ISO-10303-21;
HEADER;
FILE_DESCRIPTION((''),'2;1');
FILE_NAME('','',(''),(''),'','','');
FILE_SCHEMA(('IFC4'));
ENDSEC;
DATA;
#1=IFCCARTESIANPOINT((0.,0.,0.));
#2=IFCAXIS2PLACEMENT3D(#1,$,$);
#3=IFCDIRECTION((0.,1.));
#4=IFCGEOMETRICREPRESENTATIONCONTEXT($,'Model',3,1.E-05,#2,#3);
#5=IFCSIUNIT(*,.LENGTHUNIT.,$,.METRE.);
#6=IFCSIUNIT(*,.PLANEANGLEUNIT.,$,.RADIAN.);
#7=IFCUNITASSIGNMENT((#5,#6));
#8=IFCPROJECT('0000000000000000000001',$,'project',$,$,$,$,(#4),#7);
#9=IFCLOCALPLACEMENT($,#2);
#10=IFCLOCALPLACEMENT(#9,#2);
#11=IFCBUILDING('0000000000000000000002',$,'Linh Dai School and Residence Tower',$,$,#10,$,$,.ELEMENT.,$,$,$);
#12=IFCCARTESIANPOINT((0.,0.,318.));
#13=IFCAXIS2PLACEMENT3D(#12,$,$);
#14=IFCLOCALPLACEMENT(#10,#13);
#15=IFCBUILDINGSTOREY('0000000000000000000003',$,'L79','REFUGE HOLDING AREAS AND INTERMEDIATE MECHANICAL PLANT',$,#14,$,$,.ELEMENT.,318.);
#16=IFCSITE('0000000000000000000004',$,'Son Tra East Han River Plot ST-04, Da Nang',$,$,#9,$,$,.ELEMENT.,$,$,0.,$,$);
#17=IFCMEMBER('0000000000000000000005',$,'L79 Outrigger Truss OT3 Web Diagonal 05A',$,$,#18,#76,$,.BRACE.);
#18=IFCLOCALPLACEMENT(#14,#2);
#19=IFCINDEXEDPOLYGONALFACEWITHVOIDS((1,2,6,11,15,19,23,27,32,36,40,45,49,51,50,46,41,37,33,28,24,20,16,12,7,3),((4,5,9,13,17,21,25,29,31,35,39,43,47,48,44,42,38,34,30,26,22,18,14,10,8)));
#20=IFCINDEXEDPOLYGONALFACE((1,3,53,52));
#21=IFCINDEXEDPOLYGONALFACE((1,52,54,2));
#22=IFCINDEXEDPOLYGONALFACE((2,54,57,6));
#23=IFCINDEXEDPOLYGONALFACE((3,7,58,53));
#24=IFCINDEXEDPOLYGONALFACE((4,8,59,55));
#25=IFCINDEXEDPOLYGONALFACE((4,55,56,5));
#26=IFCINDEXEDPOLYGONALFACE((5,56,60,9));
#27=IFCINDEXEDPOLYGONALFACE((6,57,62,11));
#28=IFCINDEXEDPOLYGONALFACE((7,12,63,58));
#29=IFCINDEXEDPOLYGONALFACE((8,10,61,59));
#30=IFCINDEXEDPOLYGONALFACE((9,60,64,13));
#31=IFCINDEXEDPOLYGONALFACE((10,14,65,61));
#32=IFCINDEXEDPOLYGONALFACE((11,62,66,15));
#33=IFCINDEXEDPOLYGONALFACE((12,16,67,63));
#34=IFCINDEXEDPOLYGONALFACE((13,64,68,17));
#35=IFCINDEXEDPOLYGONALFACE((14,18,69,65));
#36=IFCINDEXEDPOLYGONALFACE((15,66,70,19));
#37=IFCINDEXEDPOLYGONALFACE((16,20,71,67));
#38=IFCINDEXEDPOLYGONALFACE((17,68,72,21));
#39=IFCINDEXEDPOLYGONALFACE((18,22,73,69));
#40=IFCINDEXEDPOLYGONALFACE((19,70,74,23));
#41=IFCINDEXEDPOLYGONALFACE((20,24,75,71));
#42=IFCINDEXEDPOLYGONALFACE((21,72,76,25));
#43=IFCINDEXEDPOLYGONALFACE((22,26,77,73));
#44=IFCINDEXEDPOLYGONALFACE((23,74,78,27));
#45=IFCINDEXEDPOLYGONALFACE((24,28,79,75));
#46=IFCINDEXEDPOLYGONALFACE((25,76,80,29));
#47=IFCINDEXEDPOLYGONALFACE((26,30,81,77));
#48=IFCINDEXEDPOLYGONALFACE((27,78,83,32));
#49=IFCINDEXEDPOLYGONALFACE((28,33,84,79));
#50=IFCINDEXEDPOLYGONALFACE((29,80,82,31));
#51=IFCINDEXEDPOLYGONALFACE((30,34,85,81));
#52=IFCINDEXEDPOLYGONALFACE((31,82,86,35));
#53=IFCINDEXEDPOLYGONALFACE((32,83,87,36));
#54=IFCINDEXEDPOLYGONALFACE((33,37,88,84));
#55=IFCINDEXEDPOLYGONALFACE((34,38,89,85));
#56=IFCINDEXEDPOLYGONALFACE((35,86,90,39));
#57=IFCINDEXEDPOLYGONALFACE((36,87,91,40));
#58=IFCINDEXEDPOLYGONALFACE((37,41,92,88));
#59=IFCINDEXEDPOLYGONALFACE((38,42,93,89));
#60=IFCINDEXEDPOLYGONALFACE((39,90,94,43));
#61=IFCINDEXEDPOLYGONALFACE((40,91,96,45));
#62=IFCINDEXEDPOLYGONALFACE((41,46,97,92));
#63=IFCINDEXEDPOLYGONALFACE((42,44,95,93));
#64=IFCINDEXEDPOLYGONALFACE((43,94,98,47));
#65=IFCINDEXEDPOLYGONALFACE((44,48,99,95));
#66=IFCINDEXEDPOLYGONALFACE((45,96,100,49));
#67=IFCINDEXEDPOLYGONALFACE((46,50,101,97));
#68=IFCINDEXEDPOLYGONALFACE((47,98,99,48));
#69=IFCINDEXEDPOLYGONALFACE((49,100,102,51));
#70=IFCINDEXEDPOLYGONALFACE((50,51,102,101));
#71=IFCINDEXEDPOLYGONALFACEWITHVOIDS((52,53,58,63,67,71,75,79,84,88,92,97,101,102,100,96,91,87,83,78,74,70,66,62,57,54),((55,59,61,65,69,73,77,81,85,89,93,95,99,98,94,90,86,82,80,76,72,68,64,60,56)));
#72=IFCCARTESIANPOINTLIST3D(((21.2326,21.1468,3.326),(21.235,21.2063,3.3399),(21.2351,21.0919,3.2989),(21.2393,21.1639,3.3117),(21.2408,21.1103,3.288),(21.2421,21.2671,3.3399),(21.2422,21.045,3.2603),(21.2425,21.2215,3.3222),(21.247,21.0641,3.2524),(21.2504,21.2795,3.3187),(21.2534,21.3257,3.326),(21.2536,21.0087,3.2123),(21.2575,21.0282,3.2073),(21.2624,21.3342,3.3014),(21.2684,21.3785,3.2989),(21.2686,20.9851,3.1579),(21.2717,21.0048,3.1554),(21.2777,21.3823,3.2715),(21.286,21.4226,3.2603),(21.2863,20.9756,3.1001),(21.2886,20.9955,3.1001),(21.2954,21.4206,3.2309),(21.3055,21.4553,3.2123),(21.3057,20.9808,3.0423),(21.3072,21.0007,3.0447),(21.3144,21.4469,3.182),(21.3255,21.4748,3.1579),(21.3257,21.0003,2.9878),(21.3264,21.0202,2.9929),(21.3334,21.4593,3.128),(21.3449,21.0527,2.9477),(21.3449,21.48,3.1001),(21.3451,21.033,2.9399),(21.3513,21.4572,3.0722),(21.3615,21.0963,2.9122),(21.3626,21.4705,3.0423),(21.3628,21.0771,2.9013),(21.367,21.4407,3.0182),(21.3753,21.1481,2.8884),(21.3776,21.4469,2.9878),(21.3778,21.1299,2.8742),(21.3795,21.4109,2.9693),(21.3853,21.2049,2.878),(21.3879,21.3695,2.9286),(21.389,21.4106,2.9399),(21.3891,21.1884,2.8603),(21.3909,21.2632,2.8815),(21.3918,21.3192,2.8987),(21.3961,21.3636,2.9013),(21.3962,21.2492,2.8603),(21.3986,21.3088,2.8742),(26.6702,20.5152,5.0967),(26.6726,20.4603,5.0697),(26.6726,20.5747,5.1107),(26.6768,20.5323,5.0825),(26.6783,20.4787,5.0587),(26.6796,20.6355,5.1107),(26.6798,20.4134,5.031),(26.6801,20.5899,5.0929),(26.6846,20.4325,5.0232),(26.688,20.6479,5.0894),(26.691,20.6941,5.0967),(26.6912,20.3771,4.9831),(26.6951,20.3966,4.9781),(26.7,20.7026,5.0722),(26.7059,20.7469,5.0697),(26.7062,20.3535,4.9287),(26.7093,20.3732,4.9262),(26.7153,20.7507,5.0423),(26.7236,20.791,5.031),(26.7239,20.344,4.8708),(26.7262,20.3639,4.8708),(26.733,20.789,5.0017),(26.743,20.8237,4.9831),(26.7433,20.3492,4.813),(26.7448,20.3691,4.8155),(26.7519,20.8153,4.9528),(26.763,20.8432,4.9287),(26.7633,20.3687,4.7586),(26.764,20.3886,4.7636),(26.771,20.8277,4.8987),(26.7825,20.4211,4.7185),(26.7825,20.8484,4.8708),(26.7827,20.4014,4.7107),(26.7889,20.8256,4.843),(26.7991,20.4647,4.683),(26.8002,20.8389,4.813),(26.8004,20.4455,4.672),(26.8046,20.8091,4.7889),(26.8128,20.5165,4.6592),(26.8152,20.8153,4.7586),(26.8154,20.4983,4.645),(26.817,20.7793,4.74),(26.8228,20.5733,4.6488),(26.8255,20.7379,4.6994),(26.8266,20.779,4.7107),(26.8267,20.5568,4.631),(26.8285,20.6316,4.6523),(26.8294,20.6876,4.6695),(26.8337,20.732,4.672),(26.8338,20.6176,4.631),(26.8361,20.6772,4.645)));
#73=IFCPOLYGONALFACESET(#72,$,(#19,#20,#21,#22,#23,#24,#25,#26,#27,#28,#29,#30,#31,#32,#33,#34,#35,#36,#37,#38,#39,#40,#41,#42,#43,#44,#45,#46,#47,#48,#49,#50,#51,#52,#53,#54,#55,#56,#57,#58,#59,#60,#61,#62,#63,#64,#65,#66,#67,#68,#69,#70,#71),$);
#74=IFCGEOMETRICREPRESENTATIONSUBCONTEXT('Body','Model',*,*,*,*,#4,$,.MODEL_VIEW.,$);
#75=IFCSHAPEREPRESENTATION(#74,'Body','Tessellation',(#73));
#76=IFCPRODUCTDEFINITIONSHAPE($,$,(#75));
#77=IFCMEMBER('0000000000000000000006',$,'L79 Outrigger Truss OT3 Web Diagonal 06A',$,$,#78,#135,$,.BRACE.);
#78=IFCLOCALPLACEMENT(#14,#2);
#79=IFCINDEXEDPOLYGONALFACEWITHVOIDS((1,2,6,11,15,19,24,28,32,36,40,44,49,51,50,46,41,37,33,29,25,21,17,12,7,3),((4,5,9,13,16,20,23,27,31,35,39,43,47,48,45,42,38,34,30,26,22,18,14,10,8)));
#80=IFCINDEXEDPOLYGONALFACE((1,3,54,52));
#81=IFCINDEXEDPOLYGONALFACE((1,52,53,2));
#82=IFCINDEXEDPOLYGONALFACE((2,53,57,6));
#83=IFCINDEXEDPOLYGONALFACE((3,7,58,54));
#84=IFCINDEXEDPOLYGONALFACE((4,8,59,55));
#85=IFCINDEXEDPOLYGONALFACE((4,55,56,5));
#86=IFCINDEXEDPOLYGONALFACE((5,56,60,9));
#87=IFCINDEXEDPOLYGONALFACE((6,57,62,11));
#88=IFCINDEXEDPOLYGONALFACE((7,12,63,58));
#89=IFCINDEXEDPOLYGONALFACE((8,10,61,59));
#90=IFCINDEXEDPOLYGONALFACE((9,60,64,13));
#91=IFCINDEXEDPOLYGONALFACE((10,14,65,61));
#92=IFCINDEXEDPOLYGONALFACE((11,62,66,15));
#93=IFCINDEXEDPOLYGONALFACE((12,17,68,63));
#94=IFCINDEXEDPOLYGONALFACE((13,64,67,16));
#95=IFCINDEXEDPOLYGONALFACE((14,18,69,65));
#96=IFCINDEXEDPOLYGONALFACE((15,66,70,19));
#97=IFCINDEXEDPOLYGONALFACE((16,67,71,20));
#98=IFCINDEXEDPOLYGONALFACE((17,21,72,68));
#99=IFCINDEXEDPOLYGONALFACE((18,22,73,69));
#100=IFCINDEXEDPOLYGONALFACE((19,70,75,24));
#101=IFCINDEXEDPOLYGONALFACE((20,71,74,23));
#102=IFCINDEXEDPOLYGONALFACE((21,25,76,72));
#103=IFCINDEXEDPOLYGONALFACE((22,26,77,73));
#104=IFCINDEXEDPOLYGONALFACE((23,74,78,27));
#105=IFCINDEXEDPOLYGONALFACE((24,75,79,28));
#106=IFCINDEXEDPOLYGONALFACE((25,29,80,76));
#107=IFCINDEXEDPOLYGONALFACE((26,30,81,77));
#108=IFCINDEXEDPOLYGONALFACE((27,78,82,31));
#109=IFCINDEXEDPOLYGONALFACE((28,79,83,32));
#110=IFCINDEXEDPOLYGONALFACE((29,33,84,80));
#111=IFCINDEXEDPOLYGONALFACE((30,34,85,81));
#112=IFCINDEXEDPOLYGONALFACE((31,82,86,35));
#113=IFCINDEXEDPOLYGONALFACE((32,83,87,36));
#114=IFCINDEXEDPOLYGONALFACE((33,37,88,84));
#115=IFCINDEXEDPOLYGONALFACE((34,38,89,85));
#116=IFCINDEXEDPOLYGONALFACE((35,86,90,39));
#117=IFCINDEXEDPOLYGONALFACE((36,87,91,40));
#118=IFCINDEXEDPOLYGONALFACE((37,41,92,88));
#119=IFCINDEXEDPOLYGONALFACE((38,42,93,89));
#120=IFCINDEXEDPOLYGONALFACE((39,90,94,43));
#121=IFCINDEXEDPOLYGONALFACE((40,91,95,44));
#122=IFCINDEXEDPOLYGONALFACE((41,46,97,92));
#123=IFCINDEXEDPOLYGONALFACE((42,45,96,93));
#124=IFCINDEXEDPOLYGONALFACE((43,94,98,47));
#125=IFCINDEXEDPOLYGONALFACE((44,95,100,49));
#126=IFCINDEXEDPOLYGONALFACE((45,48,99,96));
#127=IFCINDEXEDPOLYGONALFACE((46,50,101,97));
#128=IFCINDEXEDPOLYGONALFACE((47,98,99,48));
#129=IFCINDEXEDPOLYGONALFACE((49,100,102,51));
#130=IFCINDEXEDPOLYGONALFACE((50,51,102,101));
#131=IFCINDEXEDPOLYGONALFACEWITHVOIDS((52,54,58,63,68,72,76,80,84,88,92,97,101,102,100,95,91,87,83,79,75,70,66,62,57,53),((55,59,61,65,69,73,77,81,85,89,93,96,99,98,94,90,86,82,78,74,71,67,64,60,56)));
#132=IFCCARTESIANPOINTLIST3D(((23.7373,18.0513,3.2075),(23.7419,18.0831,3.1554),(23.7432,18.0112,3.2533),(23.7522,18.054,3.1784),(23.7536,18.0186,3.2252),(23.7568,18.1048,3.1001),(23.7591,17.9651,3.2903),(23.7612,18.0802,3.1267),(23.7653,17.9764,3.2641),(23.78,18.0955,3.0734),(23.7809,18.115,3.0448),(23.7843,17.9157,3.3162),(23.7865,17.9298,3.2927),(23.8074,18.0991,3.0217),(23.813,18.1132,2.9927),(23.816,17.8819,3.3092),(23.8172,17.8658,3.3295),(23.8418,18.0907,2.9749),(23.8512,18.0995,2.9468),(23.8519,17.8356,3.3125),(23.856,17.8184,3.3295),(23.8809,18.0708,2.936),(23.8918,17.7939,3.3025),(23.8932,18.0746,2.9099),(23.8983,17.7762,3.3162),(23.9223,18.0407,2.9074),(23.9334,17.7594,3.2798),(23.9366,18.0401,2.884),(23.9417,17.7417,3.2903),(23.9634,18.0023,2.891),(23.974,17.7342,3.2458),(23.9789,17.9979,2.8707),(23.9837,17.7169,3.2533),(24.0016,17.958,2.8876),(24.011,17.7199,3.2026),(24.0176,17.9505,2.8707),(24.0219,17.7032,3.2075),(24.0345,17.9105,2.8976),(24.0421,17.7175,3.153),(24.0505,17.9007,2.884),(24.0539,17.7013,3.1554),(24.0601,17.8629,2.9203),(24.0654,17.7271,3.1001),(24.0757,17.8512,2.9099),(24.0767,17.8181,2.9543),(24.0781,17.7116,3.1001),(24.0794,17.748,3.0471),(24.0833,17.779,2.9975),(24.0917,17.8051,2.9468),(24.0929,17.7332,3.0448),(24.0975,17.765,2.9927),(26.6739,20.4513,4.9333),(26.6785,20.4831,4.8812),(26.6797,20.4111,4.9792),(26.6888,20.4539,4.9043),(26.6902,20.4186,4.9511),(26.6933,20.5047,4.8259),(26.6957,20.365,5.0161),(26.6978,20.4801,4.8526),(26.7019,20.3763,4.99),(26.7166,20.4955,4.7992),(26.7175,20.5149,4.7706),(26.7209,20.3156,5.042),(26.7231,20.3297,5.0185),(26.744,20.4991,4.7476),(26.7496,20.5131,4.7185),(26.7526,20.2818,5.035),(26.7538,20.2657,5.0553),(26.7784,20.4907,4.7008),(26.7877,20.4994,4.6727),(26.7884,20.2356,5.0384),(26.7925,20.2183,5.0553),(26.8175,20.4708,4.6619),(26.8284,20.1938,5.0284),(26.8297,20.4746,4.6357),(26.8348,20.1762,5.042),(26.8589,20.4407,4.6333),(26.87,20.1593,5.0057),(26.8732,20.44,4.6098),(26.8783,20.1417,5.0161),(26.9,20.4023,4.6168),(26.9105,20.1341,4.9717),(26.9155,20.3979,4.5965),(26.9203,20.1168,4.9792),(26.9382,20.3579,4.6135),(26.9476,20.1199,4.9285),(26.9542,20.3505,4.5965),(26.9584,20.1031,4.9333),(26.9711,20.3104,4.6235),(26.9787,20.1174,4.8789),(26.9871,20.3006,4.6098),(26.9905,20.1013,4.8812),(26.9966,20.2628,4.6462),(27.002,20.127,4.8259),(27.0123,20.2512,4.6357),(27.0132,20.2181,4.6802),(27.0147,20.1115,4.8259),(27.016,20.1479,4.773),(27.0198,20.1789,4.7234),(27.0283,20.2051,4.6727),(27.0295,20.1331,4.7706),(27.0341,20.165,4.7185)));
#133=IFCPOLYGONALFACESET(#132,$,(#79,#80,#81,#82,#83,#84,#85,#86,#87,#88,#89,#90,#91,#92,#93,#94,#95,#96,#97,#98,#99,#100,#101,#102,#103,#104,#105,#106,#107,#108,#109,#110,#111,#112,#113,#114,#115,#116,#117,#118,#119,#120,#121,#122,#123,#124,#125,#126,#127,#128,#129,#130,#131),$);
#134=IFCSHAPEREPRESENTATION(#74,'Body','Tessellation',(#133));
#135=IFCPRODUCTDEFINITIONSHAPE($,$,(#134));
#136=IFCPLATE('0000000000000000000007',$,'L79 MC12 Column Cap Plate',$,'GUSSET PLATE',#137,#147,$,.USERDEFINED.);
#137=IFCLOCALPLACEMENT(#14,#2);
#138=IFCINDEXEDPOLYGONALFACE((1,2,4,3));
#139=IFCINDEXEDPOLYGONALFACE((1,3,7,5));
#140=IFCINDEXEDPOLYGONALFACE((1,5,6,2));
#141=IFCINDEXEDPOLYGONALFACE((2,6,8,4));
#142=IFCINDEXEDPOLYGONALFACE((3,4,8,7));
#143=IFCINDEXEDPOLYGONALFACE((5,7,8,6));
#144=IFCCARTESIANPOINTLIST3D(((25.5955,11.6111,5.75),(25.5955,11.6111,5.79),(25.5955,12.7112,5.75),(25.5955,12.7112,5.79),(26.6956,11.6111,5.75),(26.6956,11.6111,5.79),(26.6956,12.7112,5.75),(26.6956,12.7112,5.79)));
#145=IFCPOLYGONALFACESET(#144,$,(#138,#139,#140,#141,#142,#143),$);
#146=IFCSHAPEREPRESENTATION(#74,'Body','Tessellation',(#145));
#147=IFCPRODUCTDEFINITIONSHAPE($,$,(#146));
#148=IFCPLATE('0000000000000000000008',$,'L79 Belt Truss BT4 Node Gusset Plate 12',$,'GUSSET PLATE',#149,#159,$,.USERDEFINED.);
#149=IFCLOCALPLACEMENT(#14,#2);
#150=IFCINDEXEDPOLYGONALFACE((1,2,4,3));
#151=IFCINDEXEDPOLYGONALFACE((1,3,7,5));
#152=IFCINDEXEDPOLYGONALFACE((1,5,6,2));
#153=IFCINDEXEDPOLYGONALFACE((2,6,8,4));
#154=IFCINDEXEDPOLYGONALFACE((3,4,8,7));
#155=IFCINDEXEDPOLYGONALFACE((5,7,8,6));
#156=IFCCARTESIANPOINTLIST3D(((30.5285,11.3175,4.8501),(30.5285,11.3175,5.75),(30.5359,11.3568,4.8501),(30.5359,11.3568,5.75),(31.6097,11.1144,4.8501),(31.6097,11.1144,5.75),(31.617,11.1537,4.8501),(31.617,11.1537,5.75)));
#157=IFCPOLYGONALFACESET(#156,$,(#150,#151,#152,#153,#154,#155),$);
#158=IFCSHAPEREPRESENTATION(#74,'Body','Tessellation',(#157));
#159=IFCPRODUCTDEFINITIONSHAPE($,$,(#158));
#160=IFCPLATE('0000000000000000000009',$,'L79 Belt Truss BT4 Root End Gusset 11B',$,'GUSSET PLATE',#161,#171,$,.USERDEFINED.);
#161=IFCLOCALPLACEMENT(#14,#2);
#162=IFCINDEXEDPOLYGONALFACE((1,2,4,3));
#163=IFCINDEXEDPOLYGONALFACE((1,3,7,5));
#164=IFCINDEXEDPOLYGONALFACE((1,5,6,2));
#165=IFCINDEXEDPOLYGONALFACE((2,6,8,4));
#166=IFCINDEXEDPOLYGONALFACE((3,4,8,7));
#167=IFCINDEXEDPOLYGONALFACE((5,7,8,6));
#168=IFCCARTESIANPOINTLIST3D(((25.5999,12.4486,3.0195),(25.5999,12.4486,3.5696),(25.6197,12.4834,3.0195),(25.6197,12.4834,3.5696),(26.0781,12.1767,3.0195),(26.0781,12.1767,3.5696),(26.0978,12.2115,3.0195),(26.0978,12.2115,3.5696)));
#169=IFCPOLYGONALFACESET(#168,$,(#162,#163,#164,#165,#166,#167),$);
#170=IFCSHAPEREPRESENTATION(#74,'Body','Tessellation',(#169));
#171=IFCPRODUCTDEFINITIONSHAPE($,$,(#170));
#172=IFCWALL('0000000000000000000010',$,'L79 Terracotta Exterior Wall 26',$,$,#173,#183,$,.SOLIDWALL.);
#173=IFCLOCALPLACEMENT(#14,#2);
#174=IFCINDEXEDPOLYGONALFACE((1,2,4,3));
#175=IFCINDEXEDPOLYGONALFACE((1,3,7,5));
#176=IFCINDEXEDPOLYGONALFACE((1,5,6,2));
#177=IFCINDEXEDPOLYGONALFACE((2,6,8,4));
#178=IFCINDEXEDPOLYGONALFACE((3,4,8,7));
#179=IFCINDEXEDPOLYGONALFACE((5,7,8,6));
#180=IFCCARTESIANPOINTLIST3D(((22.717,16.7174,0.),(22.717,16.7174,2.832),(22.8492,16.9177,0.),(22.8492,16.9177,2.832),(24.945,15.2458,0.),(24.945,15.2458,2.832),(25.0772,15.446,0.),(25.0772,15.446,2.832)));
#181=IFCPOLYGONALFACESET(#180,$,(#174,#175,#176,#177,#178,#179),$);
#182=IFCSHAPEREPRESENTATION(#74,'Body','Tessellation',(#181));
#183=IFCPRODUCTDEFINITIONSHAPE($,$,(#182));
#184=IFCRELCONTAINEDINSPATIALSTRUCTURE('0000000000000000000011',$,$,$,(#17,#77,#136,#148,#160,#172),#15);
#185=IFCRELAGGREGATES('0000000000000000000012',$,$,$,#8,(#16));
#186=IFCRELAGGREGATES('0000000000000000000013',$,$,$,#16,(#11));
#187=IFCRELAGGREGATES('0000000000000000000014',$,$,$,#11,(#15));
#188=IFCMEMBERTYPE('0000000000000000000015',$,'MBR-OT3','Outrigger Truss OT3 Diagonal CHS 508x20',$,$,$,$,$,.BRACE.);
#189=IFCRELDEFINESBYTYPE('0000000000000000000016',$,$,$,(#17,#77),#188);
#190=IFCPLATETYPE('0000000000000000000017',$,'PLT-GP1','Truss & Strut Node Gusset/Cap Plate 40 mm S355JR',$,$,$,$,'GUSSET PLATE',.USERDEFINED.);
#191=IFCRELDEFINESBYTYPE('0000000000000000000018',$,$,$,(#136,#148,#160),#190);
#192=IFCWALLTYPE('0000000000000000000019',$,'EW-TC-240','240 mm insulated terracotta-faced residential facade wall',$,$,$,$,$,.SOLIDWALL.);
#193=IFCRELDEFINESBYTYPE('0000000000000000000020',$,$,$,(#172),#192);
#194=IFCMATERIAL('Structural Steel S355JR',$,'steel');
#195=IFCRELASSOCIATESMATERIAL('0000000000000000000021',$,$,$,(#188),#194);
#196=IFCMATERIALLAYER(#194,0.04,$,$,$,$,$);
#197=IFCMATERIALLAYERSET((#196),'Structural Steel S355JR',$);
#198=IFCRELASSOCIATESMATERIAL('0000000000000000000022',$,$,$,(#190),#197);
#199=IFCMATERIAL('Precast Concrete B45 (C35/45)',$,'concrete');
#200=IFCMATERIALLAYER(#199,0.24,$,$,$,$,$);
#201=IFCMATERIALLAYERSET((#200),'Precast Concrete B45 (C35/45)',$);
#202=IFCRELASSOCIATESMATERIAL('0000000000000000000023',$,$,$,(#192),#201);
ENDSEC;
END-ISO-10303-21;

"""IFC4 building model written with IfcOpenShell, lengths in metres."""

from ifc_helpers import new_model, si_unit, direction, frame, frame_2d, origin, origin_2d, place, context, subcontext, project, spatial, rectangle, hollow_circle, extrude, source, transform, mapped, material, layer, layer_set, material_profile, profile_set, type_object, element, save


model = new_model("IFC4")

# Units and contexts
model_context = context("Model", 3, precision=1e-05, world=origin(), true_north=direction((0.0, 1.0)))
body_context = subcontext(model_context, "Body", "Model", "MODEL_VIEW")
ifc_project = project(units=[si_unit("LENGTHUNIT", "METRE"), si_unit("PLANEANGLEUNIT", "RADIAN")], contexts=[model_context])

# Site, building, storey
site_placement = place(None, origin())
site = spatial("IfcSite", under=ifc_project, at=site_placement, Name="Son Tra East Han River Plot ST-04, Da Nang", CompositionType="ELEMENT", RefElevation=0.0)
building_placement = place(site_placement, origin())
building = spatial("IfcBuilding", under=site, at=building_placement, Name="Linh Dai School and Residence Tower", CompositionType="ELEMENT")
storey_placement = place(building_placement, frame((0.0, 0.0, 318.0)))
storey = spatial("IfcBuildingStorey", under=building, at=storey_placement, Name="L79", Description="REFUGE HOLDING AREAS AND INTERMEDIATE MECHANICAL PLANT", CompositionType="ELEMENT", Elevation=318.0)

# Shared definitions
ifc_material_1 = material(Name="Structural Steel S355JR", Category="steel")

# Members
ifc_material_profile_1 = material_profile(ifc_material_1, hollow_circle(Radius=0.2539, WallThickness=0.02, at=origin_2d()), Name="CHS 508x20")
ifc_profile_set_1 = profile_set([ifc_material_profile_1], Name="Structural Steel S355JR")
member_type_1 = type_object("IfcMemberType", Name="MBR-OT3", Description="Outrigger Truss OT3 Diagonal CHS 508x20", PredefinedType="BRACE", material=ifc_profile_set_1)
member_1_placement = place(storey_placement, frame((26.7532, 20.5962, 4.8708), z_axis=(-0.945104, 0.109778, -0.307778), x_axis=(-0.115379, -0.993322, 0.0)))
element("IfcMember", 1, at=member_1_placement, inside=storey, type_object=member_type_1, Name="L79 Outrigger Truss OT3 Web Diagonal 05A", PredefinedType="BRACE", context=body_context, shape_type="SweptSolid", body=[
    extrude(hollow_circle(Radius=0.2539, WallThickness=0.02, at=origin_2d()), origin(), (0.0, 0.0, 1.0), 5.7534),
])
member_2_placement = place(storey_placement, frame((26.854, 20.3081, 4.8259), z_axis=(-0.704764, -0.575975, -0.414198), x_axis=(0.63281, -0.774307, 0.0)))
element("IfcMember", 2, at=member_2_placement, inside=storey, type_object=member_type_1, Name="L79 Outrigger Truss OT3 Web Diagonal 06A", PredefinedType="BRACE", context=body_context, shape_type="SweptSolid", body=[
    extrude(hollow_circle(Radius=0.2539, WallThickness=0.02, at=origin_2d()), origin(), (0.0, 0.0, 1.0), 4.1667),
])

# Plates
ifc_layer_1 = layer(ifc_material_1, 0.04)
ifc_layer_set_1 = layer_set([ifc_layer_1], Name="Structural Steel S355JR")
plate_type = type_object("IfcPlateType", Name="PLT-GP1", Description="Truss & Strut Node Gusset/Cap Plate 40 mm S355JR", ElementType="GUSSET PLATE", PredefinedType="USERDEFINED", material=ifc_layer_set_1)
shared_shape_1 = source(origin(), body_context, "Body", "SweptSolid", [
    extrude(rectangle(XDim=1.1001, YDim=1.1001, at=origin_2d()), origin(), (0.0, 0.0, 1.0), 0.04),
])
plate_1_placement = place(storey_placement, frame((26.1455, 12.1611, 5.75), z_axis=(0.0, 0.0, 1.0), x_axis=(1.0, 0.0, 0.0)))
element("IfcPlate", 3, at=plate_1_placement, inside=storey, type_object=plate_type, Name="L79 MC12 Column Cap Plate", ObjectType="GUSSET PLATE", PredefinedType="USERDEFINED", context=body_context, shape_type="MappedRepresentation", body=[
    mapped(shared_shape_1, transform((0.0, 0.0, 0.0), x_axis=(1.0, 0.0, 0.0), y_axis=(0.0, 1.0, 0.0), z_axis=(0.0, 0.0, 1.0), scale=1.0)),
])
shared_shape_2 = source(origin(), body_context, "Body", "SweptSolid", [
    extrude(rectangle(XDim=1.1001, YDim=0.04, at=origin_2d()), origin(), (0.0, 0.0, 1.0), 0.8999),
])
plate_2_placement = place(storey_placement, frame((31.0728, 11.2356, 4.8501), z_axis=(0.0, 0.0, 1.0), x_axis=(0.982808, -0.184628, 0.0)))
element("IfcPlate", 4, at=plate_2_placement, inside=storey, type_object=plate_type, Name="L79 Belt Truss BT4 Node Gusset Plate 12", ObjectType="GUSSET PLATE", PredefinedType="USERDEFINED", context=body_context, shape_type="MappedRepresentation", body=[
    mapped(shared_shape_2, transform((0.0, 0.0, 0.0), x_axis=(1.0, 0.0, 0.0), y_axis=(0.0, 1.0, 0.0), z_axis=(0.0, 0.0, 1.0), scale=1.0)),
])
shared_shape_3 = source(origin(), body_context, "Body", "SweptSolid", [
    extrude(rectangle(XDim=0.55, YDim=0.04, at=origin_2d()), origin(), (0.0, 0.0, 1.0), 0.55),
])
plate_3_placement = place(storey_placement, frame((25.8489, 12.3301, 3.0195), z_axis=(0.0, 0.0, 1.0), x_axis=(0.869275, -0.494329, 0.0)))
element("IfcPlate", 5, at=plate_3_placement, inside=storey, type_object=plate_type, Name="L79 Belt Truss BT4 Root End Gusset 11B", ObjectType="GUSSET PLATE", PredefinedType="USERDEFINED", context=body_context, shape_type="MappedRepresentation", body=[
    mapped(shared_shape_3, transform((0.0, 0.0, 0.0), x_axis=(1.0, 0.0, 0.0), y_axis=(0.0, 1.0, 0.0), z_axis=(0.0, 0.0, 1.0), scale=1.0)),
])

# Wall
ifc_material_2 = material(Name="Precast Concrete B45 (C35/45)", Category="concrete")
ifc_layer_2 = layer(ifc_material_2, 0.24)
ifc_layer_set_2 = layer_set([ifc_layer_2], Name="Precast Concrete B45 (C35/45)")
wall_type_1 = type_object("IfcWallType", Name="EW-TC-240", Description="240 mm insulated terracotta-faced residential facade wall", PredefinedType="SOLIDWALL", material=ifc_layer_set_2)
wall_1_placement = place(storey_placement, frame((25.011, 15.3459, 0.0), z_axis=(0.0, 0.0, 1.0), x_axis=(-0.834406, 0.55115, 0.0)))
element("IfcWall", 6, at=wall_1_placement, inside=storey, type_object=wall_type_1, Name="L79 Terracotta Exterior Wall 26", PredefinedType="SOLIDWALL", context=body_context, shape_type="SweptSolid", body=[
    extrude(rectangle(XDim=2.6702, YDim=0.24, at=frame_2d((1.335, 0.0))), origin(), (0.0, 0.0, 1.0), 2.832),
])

save(model, "model.ifc")
